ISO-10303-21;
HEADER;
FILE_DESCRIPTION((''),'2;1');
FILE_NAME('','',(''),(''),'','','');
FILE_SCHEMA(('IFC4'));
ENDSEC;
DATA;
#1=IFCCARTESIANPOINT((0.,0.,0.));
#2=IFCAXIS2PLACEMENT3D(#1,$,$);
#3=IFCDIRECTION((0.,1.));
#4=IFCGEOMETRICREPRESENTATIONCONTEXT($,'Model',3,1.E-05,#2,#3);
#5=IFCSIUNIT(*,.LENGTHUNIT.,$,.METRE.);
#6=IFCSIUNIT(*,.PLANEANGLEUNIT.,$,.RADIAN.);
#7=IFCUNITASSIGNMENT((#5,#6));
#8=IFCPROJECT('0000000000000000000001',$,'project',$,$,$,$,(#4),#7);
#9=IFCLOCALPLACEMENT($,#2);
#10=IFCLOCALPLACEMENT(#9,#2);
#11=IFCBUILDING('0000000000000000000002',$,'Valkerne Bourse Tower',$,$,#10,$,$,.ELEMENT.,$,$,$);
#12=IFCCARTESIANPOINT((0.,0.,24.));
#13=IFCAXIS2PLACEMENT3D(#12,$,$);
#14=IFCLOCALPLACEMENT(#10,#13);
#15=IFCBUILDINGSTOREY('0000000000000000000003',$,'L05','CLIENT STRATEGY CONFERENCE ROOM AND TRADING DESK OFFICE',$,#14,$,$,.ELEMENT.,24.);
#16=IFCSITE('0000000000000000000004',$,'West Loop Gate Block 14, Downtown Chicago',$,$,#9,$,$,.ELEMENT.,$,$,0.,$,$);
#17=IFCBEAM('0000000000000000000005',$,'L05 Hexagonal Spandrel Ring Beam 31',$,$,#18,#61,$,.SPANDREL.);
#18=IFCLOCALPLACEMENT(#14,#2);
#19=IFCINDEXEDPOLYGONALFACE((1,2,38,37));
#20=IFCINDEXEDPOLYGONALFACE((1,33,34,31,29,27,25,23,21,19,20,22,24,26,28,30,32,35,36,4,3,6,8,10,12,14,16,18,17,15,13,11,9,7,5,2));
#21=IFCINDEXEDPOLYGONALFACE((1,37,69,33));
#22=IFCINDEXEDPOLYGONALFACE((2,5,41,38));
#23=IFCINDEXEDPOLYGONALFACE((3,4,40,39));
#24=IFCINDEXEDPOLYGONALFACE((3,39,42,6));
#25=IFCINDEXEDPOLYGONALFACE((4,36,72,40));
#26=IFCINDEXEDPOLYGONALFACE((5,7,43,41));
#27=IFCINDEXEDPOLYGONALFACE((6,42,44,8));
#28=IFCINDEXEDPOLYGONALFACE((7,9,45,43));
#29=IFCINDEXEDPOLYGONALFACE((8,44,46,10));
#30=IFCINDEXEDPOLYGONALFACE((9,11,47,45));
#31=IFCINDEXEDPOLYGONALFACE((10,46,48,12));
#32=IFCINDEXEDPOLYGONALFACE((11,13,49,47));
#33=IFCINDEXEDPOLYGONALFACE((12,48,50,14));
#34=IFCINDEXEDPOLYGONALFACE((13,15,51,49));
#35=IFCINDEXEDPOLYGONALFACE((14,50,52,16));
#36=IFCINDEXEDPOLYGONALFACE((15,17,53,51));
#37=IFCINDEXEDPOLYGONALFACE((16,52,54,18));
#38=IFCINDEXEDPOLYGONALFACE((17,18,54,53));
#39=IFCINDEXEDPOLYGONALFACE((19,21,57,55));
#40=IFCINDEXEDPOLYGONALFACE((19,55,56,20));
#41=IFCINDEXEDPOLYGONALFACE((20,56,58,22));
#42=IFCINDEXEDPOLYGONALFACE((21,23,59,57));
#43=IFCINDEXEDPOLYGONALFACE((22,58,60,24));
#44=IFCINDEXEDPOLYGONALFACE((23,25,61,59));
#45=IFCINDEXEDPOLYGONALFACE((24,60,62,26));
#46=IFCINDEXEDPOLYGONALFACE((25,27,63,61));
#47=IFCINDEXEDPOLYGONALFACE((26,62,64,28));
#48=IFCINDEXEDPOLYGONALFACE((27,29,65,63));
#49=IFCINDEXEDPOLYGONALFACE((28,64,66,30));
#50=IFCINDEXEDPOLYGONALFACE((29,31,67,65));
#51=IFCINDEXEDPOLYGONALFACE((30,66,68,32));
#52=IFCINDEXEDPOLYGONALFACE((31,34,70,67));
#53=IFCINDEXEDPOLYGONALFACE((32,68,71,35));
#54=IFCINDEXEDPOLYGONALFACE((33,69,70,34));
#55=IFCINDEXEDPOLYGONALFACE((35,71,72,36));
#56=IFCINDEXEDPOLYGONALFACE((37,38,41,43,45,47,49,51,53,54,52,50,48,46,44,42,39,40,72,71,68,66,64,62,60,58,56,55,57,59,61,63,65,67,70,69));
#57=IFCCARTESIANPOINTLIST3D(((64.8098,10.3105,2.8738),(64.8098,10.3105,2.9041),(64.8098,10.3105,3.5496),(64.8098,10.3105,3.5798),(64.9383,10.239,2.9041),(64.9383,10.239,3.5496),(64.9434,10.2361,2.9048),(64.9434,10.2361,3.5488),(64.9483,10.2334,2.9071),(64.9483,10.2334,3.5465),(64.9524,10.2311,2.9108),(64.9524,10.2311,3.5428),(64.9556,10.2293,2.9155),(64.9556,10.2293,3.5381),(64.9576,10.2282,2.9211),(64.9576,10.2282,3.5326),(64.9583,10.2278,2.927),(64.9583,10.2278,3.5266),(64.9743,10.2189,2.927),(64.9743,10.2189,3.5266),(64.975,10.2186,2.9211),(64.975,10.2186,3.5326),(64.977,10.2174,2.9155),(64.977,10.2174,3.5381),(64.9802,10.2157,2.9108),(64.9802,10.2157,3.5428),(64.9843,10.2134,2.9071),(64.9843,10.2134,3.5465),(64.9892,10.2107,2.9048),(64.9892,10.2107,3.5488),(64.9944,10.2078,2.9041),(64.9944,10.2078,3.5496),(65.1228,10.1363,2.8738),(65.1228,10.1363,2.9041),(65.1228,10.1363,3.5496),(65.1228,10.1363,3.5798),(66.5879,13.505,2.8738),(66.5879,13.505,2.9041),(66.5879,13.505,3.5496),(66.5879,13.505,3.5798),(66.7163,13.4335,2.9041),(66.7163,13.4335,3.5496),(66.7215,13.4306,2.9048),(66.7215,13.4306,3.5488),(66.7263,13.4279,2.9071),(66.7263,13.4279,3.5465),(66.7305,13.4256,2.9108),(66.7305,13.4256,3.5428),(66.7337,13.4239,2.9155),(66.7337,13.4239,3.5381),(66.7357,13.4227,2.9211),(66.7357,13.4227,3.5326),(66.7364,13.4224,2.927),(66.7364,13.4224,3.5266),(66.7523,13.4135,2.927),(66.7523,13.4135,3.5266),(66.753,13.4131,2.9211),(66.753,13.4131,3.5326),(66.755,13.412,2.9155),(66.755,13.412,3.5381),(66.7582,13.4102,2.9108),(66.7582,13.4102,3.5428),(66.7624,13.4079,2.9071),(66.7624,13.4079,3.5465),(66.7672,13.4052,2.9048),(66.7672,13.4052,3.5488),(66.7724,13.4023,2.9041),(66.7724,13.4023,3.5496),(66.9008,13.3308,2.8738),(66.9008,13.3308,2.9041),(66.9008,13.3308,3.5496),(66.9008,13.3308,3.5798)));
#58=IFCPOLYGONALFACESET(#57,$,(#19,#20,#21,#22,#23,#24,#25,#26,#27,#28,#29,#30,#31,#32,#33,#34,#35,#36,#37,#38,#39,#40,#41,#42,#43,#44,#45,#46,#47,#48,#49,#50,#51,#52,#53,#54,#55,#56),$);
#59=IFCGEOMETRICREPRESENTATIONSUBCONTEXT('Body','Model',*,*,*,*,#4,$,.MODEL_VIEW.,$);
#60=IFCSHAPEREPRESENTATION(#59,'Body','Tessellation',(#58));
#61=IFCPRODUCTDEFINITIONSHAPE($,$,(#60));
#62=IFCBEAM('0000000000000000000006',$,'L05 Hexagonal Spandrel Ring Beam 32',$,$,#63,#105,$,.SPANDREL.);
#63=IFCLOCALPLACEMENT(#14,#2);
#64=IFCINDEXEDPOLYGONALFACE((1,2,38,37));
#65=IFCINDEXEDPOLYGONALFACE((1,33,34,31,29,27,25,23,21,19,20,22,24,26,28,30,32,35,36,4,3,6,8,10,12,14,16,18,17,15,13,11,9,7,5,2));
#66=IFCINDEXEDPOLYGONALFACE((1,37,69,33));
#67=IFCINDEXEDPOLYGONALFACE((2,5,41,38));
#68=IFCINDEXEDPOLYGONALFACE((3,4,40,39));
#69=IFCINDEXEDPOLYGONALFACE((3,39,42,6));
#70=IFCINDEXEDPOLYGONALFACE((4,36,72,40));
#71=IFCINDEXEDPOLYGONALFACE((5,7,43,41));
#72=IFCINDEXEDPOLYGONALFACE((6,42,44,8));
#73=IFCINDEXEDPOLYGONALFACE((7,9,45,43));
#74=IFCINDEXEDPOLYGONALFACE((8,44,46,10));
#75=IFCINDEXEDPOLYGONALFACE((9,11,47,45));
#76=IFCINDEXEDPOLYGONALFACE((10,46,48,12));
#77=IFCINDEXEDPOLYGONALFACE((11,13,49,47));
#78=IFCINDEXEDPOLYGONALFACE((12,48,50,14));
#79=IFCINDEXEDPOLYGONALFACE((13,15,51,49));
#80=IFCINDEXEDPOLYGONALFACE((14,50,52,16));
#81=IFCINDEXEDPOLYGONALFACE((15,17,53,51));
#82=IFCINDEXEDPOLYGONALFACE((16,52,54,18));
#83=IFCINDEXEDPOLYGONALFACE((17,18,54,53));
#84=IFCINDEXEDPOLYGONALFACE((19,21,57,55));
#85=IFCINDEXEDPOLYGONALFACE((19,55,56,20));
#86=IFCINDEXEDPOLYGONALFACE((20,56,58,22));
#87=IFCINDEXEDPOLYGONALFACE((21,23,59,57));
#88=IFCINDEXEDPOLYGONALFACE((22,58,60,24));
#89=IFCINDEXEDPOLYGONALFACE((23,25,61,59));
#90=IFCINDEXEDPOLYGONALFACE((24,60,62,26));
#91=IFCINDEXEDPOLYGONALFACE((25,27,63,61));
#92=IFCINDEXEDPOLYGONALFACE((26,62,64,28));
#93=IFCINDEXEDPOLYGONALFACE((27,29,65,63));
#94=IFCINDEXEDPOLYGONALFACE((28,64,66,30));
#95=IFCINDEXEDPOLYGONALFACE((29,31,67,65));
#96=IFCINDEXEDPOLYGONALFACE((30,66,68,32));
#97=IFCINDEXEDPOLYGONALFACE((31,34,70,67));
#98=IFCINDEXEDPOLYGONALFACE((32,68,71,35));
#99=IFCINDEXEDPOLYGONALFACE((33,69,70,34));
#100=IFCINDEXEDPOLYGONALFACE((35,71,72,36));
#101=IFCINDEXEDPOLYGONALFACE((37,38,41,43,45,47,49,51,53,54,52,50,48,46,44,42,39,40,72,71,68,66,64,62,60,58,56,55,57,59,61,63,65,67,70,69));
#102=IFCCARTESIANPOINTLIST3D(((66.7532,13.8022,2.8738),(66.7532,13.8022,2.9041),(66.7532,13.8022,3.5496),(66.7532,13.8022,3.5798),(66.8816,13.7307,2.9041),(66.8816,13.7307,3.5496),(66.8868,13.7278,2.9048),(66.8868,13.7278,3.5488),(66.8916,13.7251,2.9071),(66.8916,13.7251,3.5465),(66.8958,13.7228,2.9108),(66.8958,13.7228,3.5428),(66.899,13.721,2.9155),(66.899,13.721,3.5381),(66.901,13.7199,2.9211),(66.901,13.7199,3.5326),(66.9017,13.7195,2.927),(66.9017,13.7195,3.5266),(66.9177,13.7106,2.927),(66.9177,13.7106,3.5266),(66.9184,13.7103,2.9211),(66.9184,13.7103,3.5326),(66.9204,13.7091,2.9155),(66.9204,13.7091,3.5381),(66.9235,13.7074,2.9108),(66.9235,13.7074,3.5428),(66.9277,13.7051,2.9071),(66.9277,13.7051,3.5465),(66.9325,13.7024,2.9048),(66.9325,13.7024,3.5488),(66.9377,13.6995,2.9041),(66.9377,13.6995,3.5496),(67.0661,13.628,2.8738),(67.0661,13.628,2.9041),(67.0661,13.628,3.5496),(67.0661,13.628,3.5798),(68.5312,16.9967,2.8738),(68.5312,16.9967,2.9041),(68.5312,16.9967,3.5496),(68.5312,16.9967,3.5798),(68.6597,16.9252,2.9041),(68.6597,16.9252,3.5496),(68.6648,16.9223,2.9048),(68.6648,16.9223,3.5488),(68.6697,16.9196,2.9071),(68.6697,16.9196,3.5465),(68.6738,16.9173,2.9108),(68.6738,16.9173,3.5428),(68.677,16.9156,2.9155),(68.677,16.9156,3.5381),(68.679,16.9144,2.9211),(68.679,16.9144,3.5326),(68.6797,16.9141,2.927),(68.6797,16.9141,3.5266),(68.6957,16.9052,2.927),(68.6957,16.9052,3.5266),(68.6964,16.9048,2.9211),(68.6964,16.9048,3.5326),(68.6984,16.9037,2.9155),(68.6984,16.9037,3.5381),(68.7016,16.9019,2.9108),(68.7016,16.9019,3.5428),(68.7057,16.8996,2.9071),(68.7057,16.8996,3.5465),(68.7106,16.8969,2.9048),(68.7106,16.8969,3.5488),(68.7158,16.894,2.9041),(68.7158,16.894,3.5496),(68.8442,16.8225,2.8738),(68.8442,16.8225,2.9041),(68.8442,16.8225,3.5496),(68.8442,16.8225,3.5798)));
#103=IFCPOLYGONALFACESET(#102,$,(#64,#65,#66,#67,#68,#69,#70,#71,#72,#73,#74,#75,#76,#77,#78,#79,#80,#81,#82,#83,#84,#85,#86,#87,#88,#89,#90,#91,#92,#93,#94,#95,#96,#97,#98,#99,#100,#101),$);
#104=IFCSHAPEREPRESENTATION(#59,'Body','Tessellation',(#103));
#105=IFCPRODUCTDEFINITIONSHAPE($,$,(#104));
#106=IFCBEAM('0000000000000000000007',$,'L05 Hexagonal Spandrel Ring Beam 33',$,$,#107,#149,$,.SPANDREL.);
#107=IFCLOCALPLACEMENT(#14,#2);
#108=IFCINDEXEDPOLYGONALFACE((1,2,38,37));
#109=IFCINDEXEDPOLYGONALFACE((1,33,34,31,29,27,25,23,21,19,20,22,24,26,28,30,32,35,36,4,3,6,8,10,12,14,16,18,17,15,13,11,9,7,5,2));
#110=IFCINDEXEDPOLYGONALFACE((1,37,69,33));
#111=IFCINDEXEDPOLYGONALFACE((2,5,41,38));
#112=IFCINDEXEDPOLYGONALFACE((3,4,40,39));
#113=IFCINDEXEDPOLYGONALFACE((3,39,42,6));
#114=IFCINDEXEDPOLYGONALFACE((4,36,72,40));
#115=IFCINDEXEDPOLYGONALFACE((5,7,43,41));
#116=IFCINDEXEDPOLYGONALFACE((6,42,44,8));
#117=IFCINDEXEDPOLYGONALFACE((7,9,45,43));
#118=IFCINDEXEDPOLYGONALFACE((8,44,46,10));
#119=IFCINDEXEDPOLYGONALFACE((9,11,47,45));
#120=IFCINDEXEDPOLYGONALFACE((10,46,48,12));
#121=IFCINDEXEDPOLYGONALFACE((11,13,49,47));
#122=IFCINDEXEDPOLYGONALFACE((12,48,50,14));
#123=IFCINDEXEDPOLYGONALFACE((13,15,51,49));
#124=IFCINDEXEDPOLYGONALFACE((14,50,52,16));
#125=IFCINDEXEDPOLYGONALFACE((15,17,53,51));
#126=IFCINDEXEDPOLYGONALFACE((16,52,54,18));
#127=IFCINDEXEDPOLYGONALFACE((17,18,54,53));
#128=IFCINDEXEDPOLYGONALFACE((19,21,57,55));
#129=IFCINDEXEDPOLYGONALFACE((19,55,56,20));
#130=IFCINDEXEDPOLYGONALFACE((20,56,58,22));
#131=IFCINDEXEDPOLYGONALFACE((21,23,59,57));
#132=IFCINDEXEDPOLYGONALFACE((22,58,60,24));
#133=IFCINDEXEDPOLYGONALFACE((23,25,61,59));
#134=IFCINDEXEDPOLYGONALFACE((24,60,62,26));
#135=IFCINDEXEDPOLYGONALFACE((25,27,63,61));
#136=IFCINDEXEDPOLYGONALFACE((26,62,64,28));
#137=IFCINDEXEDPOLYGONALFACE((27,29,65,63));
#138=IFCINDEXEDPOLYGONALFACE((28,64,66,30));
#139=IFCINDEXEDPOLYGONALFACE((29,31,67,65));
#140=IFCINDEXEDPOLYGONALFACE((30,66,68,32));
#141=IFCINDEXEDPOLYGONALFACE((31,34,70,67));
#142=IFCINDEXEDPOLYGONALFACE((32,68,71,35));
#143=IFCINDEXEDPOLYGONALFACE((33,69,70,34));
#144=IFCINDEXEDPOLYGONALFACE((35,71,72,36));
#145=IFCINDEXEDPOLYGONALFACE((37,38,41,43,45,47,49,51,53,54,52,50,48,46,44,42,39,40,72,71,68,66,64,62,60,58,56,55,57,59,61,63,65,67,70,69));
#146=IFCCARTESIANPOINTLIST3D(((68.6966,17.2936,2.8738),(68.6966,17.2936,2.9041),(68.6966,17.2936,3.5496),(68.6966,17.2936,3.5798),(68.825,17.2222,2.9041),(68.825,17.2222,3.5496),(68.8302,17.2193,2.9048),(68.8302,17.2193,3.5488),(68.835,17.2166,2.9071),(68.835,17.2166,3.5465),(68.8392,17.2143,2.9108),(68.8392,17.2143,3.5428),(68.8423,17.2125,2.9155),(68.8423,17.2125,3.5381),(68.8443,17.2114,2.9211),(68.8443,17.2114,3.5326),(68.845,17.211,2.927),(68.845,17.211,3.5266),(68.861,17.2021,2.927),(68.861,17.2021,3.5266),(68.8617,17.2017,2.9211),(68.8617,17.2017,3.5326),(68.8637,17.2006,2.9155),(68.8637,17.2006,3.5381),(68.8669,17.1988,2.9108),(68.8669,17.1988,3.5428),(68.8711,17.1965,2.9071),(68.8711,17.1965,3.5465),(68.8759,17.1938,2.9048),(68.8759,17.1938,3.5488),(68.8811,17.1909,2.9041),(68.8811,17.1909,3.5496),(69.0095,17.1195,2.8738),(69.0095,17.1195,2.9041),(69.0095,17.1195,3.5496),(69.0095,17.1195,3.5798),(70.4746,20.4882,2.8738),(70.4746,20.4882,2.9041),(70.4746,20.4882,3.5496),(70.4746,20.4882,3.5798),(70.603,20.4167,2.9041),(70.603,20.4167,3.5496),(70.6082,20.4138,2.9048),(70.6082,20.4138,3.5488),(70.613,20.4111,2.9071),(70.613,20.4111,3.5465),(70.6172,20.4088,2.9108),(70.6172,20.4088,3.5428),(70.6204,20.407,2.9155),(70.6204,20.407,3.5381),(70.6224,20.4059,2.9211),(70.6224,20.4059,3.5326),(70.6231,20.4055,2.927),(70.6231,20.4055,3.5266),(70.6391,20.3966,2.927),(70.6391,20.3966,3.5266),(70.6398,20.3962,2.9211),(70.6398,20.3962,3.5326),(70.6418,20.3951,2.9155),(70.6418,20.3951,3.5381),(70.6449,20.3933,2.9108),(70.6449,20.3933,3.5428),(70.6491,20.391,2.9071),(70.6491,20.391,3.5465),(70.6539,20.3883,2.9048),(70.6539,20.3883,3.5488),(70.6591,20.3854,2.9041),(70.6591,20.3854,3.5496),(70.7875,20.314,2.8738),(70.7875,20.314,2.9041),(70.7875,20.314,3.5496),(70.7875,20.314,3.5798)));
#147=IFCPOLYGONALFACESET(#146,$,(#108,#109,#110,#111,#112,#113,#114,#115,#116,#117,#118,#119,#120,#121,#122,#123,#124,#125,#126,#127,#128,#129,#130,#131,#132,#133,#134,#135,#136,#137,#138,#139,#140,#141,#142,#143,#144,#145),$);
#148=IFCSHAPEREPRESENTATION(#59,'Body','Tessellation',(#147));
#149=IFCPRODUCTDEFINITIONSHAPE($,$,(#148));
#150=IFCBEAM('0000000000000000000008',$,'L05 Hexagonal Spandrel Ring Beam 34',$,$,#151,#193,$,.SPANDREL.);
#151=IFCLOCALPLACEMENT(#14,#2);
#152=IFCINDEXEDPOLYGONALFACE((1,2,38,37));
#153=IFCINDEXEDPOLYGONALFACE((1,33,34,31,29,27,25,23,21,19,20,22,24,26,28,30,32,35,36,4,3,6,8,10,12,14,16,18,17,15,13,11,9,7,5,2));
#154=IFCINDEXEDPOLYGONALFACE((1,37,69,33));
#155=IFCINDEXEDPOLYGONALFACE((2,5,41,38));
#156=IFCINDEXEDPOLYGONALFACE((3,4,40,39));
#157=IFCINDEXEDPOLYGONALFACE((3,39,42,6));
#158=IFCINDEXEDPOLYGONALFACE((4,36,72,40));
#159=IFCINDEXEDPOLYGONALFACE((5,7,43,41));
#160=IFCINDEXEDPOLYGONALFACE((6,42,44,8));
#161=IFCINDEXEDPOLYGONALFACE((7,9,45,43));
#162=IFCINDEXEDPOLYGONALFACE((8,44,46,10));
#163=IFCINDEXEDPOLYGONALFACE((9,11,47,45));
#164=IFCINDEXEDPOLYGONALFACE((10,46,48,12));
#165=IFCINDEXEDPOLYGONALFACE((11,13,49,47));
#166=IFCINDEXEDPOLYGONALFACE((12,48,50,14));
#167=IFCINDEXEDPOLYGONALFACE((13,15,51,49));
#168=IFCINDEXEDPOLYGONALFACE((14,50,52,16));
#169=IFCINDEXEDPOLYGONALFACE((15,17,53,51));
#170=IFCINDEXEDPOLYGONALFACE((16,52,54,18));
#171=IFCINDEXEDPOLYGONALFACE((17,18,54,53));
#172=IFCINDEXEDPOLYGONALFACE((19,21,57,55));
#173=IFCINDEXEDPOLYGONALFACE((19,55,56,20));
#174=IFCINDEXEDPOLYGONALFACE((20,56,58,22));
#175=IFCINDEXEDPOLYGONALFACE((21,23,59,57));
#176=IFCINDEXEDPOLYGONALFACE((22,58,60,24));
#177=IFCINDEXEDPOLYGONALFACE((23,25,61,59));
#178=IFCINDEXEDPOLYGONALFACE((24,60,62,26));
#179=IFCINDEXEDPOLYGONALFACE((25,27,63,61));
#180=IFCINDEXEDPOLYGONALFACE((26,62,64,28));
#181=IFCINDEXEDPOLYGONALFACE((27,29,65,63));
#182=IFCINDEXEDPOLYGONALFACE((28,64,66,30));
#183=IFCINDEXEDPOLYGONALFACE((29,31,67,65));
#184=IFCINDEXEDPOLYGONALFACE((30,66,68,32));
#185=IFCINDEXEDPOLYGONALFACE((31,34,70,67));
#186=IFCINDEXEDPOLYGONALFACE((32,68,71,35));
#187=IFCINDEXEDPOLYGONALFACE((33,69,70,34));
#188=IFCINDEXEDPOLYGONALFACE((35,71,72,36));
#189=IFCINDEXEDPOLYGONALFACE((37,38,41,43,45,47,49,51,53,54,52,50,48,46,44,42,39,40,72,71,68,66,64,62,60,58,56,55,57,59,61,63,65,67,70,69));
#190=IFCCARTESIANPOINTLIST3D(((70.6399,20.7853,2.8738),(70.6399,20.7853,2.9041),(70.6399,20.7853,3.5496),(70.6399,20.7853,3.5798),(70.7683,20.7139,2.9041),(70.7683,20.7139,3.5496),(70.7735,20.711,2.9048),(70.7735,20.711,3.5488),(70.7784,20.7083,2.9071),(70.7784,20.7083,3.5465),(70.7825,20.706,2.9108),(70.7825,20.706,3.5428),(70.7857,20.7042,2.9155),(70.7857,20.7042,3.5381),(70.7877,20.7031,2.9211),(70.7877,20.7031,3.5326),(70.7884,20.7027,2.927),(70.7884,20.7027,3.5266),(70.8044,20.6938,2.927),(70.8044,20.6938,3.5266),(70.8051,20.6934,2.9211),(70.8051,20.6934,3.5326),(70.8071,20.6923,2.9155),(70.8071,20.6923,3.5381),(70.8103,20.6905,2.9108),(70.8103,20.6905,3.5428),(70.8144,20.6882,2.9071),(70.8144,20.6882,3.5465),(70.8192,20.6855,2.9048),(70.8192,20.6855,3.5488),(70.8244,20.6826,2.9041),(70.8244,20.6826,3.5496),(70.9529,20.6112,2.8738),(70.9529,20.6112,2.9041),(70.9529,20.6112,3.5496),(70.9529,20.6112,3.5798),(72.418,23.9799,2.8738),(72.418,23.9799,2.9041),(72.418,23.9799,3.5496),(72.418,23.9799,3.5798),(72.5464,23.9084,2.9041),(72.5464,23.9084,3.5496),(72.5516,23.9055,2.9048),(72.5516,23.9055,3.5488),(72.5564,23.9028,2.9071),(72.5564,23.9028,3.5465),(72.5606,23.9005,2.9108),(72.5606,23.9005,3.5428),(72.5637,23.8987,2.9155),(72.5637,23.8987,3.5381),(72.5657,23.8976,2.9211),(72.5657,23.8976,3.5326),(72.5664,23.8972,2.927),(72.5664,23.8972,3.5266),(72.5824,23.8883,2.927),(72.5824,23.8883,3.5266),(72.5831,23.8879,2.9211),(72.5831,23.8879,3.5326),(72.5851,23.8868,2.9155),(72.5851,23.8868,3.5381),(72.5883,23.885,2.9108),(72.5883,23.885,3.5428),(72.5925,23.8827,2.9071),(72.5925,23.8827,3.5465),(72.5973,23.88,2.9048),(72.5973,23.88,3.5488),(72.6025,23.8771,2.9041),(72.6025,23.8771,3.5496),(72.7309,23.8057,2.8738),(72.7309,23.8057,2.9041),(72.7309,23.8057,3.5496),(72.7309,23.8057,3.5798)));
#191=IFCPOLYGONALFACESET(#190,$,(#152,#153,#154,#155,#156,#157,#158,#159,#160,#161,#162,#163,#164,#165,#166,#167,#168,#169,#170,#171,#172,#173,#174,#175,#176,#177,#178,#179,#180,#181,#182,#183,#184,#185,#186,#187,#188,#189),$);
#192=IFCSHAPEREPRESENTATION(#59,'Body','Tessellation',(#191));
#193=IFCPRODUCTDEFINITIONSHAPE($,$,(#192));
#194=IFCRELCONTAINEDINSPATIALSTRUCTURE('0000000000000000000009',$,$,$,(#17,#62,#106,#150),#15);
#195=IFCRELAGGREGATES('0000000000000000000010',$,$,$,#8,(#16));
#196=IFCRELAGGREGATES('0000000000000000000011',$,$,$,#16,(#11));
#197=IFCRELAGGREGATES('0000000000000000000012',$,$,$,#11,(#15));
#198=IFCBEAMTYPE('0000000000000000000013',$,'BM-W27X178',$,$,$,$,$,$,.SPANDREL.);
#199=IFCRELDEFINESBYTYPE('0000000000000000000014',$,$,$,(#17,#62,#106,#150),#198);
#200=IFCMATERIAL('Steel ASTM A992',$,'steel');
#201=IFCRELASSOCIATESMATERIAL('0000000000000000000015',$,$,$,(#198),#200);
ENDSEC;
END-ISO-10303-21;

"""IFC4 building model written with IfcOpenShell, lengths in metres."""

from ifc_helpers import new_model, si_unit, direction, frame, origin, origin_2d, place, context, subcontext, project, spatial, i_section, extrude, material, material_profile, profile_set, type_object, element, save


model = new_model("IFC4")

# Units and contexts
model_context = context("Model", 3, precision=1e-05, world=origin(), true_north=direction((0.0, 1.0)))
body_context = subcontext(model_context, "Body", "Model", "MODEL_VIEW")
ifc_project = project(units=[si_unit("LENGTHUNIT", "METRE"), si_unit("PLANEANGLEUNIT", "RADIAN")], contexts=[model_context])

# Site, building, storey
site_placement = place(None, origin())
site = spatial("IfcSite", under=ifc_project, at=site_placement, Name="West Loop Gate Block 14, Downtown Chicago", CompositionType="ELEMENT", RefElevation=0.0)
building_placement = place(site_placement, origin())
building = spatial("IfcBuilding", under=site, at=building_placement, Name="Valkerne Bourse Tower", CompositionType="ELEMENT")
storey_placement = place(building_placement, frame((0.0, 0.0, 24.0)))
storey = spatial("IfcBuildingStorey", under=building, at=storey_placement, Name="L05", Description="CLIENT STRATEGY CONFERENCE ROOM AND TRADING DESK OFFICE", CompositionType="ELEMENT", Elevation=24.0)

# Beams
ifc_material_1 = material(Name="Steel ASTM A992", Category="steel")
ifc_material_profile_1 = material_profile(ifc_material_1, i_section(OverallWidth=0.3582, OverallDepth=0.7061, WebThickness=0.0183, FlangeThickness=0.0303, FilletRadius=0.0229, at=origin_2d()), Name="W27X178")
ifc_profile_set_1 = profile_set([ifc_material_profile_1], Name="Steel ASTM A992")
beam_type_1 = type_object("IfcBeamType", Name="BM-W27X178", PredefinedType="SPANDREL", material=ifc_profile_set_1)
for number, where, z_axis, x_axis, name in (
    (1, (64.9663, 10.2234, 3.2268), (0.486334, 0.873773, 0.0), (-0.873773, 0.486334, 0.0), "L05 Hexagonal Spandrel Ring Beam 31"),
    (2, (66.9097, 13.7151, 3.2268), (0.486334, 0.873773, 0.0), (-0.873773, 0.486334, 0.0), "L05 Hexagonal Spandrel Ring Beam 32"),
    (3, (68.853, 17.2065, 3.2268), (0.486334, 0.873773, 0.0), (-0.873773, 0.486334, 0.0), "L05 Hexagonal Spandrel Ring Beam 33"),
    (4, (70.7964, 20.6982, 3.2268), (0.486334, 0.873773, 0.0), (-0.873773, 0.486334, 0.0), "L05 Hexagonal Spandrel Ring Beam 34"),
):
    element("IfcBeam", number, at=place(storey_placement, frame(where, z_axis=z_axis, x_axis=x_axis)), inside=storey, type_object=beam_type_1, Name=name, PredefinedType="SPANDREL", context=body_context, shape_type="SweptSolid", body=[
        extrude(i_section(OverallWidth=0.3582, OverallDepth=0.7061, WebThickness=0.0183, FlangeThickness=0.0303, FilletRadius=0.0229, at=origin_2d()), origin(), (0.0, 0.0, 1.0), 3.656),
    ])

save(model, "model.ifc")
